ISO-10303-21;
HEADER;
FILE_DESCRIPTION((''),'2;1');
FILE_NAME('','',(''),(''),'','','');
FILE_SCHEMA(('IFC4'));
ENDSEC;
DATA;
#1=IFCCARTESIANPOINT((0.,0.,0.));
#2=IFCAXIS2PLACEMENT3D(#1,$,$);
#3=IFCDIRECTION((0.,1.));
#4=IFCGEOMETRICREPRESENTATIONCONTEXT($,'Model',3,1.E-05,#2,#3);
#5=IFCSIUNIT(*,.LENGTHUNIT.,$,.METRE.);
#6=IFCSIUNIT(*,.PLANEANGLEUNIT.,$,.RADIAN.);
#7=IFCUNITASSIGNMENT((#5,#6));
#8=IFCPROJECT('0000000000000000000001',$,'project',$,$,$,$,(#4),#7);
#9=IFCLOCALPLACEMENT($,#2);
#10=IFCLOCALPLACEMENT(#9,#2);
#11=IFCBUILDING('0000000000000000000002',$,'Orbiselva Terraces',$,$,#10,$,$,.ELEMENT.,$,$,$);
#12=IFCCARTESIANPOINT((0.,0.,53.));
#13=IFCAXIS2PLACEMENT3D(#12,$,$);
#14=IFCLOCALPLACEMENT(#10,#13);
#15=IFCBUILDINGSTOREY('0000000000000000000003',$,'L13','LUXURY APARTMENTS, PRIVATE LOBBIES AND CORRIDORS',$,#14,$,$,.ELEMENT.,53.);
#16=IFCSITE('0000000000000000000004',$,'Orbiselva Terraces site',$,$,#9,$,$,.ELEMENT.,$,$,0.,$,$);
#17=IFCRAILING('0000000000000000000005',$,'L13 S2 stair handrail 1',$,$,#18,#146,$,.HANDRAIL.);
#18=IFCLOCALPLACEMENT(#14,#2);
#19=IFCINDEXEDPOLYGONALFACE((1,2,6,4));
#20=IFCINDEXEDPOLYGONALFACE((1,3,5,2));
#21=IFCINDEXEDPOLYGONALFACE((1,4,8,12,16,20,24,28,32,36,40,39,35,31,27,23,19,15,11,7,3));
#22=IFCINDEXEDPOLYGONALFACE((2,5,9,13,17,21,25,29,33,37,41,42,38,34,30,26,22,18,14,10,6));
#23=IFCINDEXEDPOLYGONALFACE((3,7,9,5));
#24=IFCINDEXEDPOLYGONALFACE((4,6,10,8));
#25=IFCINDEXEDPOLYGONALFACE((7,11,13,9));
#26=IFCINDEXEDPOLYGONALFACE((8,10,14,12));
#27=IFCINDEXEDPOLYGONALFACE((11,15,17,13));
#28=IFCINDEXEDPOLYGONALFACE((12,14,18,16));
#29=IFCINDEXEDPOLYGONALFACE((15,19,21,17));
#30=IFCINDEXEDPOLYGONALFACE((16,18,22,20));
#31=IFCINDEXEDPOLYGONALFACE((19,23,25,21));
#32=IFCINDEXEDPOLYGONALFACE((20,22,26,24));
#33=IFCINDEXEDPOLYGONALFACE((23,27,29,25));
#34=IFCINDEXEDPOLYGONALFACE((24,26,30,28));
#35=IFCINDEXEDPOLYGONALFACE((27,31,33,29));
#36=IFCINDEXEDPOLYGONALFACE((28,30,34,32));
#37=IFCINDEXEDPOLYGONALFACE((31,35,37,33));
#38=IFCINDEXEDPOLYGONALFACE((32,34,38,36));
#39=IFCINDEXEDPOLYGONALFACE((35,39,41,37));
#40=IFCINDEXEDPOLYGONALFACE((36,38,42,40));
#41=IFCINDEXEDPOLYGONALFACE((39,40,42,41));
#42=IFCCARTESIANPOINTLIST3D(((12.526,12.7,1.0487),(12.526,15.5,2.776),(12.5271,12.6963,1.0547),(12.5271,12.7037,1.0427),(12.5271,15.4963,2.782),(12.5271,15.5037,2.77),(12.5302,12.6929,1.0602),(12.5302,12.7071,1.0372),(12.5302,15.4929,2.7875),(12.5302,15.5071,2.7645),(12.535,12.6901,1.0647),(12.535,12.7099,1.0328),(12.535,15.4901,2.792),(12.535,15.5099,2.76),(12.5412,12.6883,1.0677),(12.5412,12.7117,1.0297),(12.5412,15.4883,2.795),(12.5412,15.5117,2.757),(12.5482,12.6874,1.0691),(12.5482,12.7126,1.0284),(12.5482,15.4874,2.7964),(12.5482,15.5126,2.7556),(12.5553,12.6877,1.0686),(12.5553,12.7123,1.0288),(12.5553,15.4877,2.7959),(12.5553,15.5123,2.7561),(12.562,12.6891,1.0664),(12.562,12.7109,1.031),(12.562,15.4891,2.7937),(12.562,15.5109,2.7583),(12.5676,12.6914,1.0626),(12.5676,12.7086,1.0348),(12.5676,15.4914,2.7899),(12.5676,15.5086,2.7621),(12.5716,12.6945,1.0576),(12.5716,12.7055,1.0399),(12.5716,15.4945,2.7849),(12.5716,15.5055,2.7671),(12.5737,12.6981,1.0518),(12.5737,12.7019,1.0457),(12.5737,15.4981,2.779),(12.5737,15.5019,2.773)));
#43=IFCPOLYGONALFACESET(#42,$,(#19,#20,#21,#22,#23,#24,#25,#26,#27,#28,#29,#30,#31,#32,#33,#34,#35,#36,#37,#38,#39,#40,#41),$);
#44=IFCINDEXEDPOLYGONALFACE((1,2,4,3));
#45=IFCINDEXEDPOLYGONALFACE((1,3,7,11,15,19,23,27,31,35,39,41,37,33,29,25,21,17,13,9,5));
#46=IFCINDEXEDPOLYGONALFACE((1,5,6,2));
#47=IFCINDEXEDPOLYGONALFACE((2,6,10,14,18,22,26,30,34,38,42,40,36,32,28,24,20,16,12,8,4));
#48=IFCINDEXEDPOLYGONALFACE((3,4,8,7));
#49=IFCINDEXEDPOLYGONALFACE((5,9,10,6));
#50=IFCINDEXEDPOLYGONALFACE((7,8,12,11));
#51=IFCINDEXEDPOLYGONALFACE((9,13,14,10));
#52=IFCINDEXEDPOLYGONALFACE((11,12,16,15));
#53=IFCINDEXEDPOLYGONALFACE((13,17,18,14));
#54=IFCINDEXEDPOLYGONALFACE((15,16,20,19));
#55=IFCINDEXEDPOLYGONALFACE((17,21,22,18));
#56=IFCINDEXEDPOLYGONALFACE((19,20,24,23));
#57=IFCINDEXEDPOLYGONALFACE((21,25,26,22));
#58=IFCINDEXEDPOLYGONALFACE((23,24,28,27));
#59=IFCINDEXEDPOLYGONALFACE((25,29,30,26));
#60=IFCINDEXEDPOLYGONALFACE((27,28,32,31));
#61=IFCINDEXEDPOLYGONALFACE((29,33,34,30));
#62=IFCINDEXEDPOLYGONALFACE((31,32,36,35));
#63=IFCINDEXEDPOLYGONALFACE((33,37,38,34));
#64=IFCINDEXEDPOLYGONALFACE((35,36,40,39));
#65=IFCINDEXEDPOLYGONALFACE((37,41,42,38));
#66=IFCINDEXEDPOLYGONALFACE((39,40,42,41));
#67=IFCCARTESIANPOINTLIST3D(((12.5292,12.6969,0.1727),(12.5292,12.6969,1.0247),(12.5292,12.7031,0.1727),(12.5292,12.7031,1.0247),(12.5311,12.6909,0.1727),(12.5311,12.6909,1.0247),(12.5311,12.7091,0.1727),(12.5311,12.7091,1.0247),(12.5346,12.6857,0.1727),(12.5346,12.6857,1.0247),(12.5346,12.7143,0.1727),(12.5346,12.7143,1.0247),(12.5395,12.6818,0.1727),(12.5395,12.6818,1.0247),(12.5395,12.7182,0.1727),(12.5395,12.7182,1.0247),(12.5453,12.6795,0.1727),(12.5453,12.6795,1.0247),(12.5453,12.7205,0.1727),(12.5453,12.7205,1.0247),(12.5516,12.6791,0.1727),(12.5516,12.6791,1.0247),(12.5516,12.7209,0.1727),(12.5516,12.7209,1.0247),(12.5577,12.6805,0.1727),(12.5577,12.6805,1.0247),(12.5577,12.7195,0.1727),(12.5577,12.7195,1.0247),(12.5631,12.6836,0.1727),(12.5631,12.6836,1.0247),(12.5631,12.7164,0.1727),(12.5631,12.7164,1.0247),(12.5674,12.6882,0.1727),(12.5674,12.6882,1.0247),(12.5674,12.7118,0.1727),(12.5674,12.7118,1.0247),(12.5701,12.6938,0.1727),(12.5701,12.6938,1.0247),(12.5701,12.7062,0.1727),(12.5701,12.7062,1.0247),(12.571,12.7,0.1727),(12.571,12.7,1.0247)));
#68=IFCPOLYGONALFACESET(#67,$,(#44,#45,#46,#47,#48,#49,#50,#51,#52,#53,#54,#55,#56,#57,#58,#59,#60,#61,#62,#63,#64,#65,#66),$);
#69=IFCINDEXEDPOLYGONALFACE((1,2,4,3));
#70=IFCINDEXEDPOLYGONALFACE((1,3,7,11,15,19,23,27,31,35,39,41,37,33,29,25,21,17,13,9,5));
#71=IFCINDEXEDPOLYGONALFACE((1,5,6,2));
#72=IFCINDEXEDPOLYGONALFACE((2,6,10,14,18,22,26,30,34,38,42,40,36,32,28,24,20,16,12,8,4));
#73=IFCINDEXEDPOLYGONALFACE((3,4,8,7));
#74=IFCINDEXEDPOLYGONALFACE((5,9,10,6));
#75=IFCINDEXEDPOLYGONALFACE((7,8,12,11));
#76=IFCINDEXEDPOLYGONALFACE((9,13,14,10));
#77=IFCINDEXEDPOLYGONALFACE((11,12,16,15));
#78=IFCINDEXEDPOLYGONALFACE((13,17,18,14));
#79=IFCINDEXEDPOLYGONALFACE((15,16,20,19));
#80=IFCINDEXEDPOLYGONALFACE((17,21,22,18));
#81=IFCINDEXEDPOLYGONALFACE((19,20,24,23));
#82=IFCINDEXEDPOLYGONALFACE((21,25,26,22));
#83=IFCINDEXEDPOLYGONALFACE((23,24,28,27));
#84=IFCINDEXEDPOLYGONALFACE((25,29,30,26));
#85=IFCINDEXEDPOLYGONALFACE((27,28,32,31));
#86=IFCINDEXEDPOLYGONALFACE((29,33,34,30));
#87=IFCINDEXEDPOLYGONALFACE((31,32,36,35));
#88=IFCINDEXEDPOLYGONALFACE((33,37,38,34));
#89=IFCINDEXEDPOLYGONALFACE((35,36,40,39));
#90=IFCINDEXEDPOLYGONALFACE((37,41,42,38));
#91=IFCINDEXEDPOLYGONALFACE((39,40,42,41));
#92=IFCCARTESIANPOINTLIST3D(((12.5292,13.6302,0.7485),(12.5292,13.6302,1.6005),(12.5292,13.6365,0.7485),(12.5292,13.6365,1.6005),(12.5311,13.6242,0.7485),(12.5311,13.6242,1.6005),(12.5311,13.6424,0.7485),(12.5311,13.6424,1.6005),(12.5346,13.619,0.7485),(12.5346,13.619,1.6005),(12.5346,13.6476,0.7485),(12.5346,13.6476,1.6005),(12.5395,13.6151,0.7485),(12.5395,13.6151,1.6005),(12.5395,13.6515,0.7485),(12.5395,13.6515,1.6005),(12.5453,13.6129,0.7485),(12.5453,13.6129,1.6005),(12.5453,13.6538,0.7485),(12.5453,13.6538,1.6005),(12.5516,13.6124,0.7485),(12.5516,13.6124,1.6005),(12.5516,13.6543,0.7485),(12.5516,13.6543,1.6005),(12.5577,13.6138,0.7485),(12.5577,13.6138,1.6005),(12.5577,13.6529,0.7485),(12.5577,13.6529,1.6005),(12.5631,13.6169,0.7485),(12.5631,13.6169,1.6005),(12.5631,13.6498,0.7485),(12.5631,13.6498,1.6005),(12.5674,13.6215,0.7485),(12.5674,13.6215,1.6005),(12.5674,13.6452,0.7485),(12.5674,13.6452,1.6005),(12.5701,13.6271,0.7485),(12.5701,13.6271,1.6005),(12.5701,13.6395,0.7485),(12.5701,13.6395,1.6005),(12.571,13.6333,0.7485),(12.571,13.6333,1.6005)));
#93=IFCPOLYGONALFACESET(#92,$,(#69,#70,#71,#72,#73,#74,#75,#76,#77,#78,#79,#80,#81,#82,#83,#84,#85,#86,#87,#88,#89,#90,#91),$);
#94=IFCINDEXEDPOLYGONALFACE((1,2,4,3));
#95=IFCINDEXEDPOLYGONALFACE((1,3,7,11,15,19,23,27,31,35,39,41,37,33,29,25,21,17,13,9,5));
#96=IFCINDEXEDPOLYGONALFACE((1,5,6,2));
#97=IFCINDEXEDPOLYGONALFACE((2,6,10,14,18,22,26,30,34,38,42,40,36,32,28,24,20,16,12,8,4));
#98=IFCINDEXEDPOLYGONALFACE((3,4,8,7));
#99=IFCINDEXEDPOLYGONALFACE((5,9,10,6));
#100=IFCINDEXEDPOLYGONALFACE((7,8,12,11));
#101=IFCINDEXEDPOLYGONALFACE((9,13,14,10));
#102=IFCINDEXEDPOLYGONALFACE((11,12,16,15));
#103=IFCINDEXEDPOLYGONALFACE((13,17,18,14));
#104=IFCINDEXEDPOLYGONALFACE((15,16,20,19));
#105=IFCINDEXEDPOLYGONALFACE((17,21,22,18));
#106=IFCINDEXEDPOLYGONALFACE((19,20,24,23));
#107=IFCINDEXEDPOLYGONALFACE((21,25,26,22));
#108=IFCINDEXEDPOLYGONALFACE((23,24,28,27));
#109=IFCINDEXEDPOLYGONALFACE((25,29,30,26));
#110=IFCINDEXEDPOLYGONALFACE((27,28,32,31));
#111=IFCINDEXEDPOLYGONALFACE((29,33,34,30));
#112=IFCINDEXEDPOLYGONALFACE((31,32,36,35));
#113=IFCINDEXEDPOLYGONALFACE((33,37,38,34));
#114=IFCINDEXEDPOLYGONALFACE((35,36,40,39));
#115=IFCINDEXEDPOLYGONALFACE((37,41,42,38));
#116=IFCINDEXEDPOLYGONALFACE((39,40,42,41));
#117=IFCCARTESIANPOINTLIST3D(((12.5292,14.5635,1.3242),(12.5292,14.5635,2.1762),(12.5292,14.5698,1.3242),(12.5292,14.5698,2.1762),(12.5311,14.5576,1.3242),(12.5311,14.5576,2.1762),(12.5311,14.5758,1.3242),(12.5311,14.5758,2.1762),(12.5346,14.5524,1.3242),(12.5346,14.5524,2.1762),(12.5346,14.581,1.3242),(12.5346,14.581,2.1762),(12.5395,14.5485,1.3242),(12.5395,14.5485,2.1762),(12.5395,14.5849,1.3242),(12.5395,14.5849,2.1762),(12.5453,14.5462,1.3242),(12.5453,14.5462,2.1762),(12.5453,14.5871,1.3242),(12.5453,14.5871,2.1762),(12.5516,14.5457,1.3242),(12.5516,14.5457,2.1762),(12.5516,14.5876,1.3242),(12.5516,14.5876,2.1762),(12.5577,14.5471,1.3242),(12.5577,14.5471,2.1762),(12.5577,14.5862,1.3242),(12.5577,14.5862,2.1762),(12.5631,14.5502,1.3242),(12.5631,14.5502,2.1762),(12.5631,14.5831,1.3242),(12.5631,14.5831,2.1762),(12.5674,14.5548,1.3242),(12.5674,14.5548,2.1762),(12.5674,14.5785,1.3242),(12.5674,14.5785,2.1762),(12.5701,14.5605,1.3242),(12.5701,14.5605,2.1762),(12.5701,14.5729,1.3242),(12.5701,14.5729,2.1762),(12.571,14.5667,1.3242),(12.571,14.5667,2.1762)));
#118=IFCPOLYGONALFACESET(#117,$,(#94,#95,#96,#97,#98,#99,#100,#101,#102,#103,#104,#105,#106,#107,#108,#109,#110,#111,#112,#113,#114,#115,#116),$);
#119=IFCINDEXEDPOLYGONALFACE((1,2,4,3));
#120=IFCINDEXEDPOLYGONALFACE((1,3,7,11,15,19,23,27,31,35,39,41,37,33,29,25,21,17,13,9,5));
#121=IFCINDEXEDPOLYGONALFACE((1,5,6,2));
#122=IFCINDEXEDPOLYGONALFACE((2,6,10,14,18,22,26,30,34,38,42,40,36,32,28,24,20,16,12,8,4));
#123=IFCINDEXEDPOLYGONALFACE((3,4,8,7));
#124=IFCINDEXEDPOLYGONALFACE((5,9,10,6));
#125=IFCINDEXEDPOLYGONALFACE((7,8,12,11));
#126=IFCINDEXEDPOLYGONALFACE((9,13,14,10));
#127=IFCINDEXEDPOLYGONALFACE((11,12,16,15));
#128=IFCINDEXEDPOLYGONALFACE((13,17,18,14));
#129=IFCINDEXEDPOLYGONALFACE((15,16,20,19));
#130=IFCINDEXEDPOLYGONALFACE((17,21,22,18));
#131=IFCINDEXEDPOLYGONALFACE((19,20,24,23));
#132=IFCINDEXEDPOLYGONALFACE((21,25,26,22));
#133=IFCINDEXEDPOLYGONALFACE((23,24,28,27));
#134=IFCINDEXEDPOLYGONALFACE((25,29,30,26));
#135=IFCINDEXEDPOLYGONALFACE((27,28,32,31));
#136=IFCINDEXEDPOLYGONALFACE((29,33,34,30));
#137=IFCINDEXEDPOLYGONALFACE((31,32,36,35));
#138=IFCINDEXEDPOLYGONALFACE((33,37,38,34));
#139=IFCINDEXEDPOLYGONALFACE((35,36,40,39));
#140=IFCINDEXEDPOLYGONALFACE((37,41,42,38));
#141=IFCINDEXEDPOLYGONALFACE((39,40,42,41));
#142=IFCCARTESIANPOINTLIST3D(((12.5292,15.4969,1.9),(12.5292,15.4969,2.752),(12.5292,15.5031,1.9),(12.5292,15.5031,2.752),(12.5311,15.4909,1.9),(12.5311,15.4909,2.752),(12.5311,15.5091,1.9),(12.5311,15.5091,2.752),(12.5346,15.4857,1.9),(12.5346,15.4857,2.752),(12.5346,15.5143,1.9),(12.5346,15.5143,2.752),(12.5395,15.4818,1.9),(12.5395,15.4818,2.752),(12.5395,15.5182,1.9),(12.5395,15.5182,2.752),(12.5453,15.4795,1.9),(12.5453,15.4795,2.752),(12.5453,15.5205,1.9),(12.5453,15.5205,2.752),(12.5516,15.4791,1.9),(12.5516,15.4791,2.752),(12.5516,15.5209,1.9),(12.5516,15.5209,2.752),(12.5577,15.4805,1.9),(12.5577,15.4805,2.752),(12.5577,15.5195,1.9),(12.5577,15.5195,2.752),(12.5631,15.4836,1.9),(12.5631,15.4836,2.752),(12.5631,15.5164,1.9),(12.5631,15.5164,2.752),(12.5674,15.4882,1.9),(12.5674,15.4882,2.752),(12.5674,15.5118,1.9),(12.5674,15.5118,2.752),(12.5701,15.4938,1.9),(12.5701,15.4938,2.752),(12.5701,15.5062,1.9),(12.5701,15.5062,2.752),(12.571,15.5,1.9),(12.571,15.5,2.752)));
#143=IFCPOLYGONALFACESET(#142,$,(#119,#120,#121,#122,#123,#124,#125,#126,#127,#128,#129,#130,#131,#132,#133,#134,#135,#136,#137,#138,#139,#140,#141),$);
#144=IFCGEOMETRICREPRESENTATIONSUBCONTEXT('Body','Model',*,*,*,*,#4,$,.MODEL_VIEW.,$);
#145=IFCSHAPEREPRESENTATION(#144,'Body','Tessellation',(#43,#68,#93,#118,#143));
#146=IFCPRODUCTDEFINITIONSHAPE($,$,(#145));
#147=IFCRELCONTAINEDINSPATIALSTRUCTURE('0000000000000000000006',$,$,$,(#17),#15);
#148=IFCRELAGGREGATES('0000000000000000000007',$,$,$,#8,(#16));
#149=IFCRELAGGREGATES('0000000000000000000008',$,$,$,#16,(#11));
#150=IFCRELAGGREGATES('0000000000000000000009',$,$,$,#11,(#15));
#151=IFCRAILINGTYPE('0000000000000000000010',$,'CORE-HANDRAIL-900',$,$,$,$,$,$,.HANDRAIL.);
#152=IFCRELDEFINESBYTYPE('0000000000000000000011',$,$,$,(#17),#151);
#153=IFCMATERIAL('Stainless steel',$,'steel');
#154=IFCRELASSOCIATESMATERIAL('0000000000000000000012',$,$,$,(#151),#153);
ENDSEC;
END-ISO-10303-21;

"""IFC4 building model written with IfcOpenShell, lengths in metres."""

from ifc_helpers import new_model, si_unit, direction, frame, origin, origin_2d, place, context, subcontext, project, spatial, circle, extrude, material, type_object, element, save


model = new_model("IFC4")

# Units and contexts
model_context = context("Model", 3, precision=1e-05, world=origin(), true_north=direction((0.0, 1.0)))
body_context = subcontext(model_context, "Body", "Model", "MODEL_VIEW")
ifc_project = project(units=[si_unit("LENGTHUNIT", "METRE"), si_unit("PLANEANGLEUNIT", "RADIAN")], contexts=[model_context])

# Site, building, storey
site_placement = place(None, origin())
site = spatial("IfcSite", under=ifc_project, at=site_placement, Name="Orbiselva Terraces site", CompositionType="ELEMENT", RefElevation=0.0)
building_placement = place(site_placement, origin())
building = spatial("IfcBuilding", under=site, at=building_placement, Name="Orbiselva Terraces", CompositionType="ELEMENT")
storey_placement = place(building_placement, frame((0.0, 0.0, 53.0)))
storey = spatial("IfcBuildingStorey", under=building, at=storey_placement, Name="L13", Description="LUXURY APARTMENTS, PRIVATE LOBBIES AND CORRIDORS", CompositionType="ELEMENT", Elevation=53.0)

# Railing
ifc_material_1 = material(Name="Stainless steel", Category="steel")
railing_type_1 = type_object("IfcRailingType", Name="CORE-HANDRAIL-900", PredefinedType="HANDRAIL", material=ifc_material_1)
railing_1_placement = place(storey_placement, frame((12.55, 12.7, 0.1727)))
element("IfcRailing", 1, at=railing_1_placement, inside=storey, type_object=railing_type_1, Name="L13 S2 stair handrail 1", PredefinedType="HANDRAIL", context=body_context, shape_type="SweptSolid", body=[
    extrude(circle(Radius=0.024, at=origin_2d()), frame((0.0, 0.0, 0.876), z_axis=(0.0, 0.851089, 0.525022), x_axis=(-1.0, 0.0, 0.0)), (0.0, 0.0, 1.0), 3.2899),
    extrude(circle(Radius=0.021, at=origin_2d()), origin(), (0.0, 0.0, 1.0), 0.852),
    extrude(circle(Radius=0.021, at=origin_2d()), frame((0.0, 0.9333, 0.5758)), (0.0, 0.0, 1.0), 0.852),
    extrude(circle(Radius=0.021, at=origin_2d()), frame((0.0, 1.8667, 1.1515)), (0.0, 0.0, 1.0), 0.852),
    extrude(circle(Radius=0.021, at=origin_2d()), frame((0.0, 2.8, 1.7273)), (0.0, 0.0, 1.0), 0.852),
])

save(model, "model.ifc")
